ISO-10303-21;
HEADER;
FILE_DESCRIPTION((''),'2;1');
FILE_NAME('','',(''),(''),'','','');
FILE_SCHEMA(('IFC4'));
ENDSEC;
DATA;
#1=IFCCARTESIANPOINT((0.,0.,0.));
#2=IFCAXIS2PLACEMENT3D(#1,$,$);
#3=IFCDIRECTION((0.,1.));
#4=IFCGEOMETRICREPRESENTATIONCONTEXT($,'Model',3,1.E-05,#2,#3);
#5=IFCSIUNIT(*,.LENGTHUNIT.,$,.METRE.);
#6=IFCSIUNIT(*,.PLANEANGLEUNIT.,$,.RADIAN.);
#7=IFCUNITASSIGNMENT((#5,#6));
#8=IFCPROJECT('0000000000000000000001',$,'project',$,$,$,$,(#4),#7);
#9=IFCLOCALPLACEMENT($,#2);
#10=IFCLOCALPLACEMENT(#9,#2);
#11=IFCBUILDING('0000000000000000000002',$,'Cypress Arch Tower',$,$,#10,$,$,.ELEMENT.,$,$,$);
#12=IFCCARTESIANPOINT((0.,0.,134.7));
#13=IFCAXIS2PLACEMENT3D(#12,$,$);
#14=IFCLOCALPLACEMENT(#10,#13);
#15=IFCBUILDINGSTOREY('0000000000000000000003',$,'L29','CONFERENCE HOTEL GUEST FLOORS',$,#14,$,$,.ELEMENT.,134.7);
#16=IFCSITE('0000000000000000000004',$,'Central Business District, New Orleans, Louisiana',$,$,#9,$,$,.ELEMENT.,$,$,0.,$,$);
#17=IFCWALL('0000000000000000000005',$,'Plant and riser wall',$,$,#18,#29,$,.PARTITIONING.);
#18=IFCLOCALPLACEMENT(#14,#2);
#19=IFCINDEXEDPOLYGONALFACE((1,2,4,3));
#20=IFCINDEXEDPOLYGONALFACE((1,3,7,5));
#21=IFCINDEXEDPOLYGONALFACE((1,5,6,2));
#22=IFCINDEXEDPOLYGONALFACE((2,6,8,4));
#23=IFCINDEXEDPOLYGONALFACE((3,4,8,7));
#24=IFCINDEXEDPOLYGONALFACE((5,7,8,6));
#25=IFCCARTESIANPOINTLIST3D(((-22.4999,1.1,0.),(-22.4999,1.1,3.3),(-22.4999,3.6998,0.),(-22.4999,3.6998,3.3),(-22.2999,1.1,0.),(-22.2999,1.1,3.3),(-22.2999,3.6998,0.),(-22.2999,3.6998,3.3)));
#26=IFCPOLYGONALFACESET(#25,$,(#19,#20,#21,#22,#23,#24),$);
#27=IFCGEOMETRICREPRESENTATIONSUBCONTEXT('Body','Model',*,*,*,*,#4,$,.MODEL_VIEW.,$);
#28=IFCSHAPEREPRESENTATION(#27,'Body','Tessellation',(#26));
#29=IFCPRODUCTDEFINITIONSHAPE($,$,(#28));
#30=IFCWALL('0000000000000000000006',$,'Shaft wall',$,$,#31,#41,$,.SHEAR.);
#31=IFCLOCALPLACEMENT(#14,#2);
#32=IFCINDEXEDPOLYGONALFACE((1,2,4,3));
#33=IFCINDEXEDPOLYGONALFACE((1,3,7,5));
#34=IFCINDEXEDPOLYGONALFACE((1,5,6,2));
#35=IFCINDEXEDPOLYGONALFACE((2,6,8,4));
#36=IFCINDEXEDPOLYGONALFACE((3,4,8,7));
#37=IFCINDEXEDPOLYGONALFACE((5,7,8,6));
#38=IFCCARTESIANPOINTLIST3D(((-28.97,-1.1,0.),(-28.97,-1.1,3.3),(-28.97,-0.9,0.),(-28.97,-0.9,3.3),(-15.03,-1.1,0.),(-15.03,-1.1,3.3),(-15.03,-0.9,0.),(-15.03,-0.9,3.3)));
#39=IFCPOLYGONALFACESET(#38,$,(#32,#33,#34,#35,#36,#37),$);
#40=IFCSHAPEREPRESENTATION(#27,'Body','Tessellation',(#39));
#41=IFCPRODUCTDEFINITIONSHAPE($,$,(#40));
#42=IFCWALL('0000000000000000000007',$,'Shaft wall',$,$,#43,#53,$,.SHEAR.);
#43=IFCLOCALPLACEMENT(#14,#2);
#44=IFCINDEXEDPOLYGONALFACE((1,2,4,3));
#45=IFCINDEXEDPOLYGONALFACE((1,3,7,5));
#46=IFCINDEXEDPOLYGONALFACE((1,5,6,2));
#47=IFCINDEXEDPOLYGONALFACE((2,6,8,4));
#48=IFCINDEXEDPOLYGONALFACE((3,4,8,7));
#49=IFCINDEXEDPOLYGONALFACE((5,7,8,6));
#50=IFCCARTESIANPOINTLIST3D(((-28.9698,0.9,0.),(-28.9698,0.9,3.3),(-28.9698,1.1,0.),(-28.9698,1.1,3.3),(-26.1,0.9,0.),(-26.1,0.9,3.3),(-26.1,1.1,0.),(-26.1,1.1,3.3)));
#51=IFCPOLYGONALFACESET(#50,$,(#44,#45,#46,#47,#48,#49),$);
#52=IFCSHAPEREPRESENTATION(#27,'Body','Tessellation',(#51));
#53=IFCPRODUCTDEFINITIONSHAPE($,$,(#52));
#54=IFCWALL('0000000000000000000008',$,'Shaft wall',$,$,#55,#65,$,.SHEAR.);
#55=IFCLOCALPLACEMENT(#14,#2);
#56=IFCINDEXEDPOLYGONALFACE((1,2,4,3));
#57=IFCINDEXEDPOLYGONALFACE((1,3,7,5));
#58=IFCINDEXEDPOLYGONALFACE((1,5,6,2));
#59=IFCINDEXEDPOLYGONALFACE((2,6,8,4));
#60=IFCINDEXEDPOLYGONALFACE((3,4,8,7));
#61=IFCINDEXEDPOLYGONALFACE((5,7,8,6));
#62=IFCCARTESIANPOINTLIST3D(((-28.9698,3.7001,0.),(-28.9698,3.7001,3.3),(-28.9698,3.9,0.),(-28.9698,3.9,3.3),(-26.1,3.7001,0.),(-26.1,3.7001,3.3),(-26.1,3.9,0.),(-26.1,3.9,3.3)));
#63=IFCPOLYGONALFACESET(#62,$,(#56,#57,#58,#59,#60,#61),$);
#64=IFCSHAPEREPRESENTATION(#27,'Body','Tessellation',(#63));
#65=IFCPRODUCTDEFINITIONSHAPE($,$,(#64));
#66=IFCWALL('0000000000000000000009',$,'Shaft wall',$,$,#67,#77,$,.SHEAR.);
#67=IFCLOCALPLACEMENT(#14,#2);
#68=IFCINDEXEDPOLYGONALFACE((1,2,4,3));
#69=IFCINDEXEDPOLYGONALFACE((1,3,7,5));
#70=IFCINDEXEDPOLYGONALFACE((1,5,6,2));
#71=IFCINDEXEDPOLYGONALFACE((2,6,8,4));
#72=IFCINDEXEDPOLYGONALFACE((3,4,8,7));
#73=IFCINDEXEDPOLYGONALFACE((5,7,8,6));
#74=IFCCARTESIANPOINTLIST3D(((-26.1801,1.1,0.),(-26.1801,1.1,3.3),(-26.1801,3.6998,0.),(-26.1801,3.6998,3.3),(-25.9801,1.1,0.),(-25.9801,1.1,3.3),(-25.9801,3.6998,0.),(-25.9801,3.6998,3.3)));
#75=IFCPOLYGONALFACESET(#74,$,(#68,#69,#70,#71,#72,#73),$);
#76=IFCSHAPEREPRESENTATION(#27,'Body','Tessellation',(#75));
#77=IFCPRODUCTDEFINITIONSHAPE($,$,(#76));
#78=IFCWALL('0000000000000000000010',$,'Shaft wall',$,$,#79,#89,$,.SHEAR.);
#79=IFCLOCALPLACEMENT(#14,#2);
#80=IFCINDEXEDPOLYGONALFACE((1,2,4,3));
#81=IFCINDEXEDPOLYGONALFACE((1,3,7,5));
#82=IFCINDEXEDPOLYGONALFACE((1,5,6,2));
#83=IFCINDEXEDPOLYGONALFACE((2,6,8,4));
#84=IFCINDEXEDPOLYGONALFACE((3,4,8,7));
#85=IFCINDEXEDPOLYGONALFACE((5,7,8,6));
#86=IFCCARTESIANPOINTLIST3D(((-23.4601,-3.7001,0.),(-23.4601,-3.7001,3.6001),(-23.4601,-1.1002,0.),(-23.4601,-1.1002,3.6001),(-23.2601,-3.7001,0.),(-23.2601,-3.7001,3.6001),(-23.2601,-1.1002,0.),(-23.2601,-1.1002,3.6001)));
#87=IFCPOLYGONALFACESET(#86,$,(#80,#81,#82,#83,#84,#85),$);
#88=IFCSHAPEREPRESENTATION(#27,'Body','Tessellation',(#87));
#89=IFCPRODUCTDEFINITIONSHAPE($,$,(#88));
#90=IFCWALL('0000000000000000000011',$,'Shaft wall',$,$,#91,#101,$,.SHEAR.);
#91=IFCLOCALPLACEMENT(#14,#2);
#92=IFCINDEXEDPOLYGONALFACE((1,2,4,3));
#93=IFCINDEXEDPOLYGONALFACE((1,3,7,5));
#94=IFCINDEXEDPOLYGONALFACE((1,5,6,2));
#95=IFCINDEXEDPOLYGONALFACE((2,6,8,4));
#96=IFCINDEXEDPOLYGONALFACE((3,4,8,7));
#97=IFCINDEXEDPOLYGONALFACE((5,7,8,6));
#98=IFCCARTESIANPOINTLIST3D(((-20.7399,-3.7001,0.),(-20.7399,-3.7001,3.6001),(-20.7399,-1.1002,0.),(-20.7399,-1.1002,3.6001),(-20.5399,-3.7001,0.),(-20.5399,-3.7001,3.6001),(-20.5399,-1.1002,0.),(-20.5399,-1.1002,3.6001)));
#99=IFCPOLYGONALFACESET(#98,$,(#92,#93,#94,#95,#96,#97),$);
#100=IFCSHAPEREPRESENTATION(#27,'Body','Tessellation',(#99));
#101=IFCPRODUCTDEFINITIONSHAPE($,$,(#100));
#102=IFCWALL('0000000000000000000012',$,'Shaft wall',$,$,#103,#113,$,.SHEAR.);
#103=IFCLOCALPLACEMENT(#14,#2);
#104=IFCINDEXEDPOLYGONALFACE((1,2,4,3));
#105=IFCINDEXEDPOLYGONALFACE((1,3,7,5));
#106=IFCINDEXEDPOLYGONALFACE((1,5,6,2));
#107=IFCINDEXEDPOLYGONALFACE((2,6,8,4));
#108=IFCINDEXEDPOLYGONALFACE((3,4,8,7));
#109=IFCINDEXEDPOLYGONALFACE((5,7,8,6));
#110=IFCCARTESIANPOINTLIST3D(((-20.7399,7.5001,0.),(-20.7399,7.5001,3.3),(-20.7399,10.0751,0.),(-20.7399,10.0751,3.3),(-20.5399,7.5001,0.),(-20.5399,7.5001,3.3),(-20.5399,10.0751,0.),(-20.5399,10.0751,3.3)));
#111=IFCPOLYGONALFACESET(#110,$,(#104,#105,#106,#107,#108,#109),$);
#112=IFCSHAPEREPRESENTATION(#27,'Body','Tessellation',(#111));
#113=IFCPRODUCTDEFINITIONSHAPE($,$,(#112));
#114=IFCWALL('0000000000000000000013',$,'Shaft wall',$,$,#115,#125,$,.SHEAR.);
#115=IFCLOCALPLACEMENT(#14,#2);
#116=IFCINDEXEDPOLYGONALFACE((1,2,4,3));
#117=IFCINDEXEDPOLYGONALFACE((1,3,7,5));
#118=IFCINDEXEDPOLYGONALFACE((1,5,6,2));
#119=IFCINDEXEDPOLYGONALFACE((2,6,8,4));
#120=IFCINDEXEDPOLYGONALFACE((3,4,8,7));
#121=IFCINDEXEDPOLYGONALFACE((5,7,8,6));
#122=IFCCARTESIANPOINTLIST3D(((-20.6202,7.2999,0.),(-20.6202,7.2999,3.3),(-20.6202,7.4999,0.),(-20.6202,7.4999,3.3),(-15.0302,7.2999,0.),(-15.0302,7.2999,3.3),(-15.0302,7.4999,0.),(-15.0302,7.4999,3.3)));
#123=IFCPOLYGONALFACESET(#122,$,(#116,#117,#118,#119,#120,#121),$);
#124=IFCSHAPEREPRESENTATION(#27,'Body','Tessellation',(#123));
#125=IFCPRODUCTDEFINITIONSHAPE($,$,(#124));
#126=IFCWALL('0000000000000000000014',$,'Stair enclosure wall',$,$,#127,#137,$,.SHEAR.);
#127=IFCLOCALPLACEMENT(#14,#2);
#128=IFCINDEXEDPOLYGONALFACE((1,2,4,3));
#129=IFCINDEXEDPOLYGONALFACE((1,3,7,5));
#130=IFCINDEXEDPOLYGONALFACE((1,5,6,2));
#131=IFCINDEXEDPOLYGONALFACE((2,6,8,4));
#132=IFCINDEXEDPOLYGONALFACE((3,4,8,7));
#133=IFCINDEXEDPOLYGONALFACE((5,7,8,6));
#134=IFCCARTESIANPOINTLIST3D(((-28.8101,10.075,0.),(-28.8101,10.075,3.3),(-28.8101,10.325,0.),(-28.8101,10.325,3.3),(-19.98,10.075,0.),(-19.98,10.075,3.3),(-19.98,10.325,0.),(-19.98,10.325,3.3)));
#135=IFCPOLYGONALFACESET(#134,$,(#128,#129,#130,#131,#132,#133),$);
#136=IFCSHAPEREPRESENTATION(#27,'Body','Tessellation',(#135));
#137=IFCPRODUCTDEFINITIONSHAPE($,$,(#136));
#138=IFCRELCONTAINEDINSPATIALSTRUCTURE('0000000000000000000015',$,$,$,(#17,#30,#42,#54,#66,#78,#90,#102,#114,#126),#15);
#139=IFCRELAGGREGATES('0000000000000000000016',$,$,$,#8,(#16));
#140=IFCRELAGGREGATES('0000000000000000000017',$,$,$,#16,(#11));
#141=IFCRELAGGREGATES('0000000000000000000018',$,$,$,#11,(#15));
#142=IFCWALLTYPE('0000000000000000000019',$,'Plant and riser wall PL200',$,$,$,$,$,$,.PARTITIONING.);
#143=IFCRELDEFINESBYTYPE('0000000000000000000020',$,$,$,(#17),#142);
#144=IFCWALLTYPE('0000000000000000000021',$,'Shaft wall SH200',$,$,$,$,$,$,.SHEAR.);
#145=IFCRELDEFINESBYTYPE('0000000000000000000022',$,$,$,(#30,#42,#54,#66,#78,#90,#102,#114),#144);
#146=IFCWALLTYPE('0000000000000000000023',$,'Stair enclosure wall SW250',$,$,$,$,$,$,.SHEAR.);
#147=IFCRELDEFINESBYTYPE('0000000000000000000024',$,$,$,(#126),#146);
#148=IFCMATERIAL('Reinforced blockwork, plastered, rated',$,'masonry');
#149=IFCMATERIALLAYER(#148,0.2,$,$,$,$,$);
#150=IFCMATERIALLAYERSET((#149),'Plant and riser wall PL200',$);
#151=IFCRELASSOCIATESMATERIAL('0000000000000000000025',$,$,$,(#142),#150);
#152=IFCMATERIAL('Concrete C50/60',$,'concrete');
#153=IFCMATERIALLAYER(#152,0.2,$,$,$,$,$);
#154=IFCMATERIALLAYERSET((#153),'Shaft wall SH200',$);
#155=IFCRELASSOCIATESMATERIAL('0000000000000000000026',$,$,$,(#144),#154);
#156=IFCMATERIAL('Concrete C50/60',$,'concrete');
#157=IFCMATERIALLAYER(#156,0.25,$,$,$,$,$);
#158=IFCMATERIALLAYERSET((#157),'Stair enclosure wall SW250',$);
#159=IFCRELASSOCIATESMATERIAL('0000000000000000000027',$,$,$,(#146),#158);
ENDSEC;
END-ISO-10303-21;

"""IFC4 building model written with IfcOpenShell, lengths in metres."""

from ifc_helpers import new_model, si_unit, direction, frame, frame_2d, origin, place, context, subcontext, project, spatial, rectangle, extrude, material, layer, layer_set, type_object, element, save


model = new_model("IFC4")

# Units and contexts
model_context = context("Model", 3, precision=1e-05, world=origin(), true_north=direction((0.0, 1.0)))
body_context = subcontext(model_context, "Body", "Model", "MODEL_VIEW")
ifc_project = project(units=[si_unit("LENGTHUNIT", "METRE"), si_unit("PLANEANGLEUNIT", "RADIAN")], contexts=[model_context])

# Site, building, storey
site_placement = place(None, origin())
site = spatial("IfcSite", under=ifc_project, at=site_placement, Name="Central Business District, New Orleans, Louisiana", CompositionType="ELEMENT", RefElevation=0.0)
building_placement = place(site_placement, origin())
building = spatial("IfcBuilding", under=site, at=building_placement, Name="Cypress Arch Tower", CompositionType="ELEMENT")
storey_placement = place(building_placement, frame((0.0, 0.0, 134.7)))
storey = spatial("IfcBuildingStorey", under=building, at=storey_placement, Name="L29", Description="CONFERENCE HOTEL GUEST FLOORS", CompositionType="ELEMENT", Elevation=134.7)

# Shared definitions
ifc_material_1 = material(Name="Reinforced blockwork, plastered, rated", Category="masonry")
ifc_layer_1 = layer(ifc_material_1, 0.2)
ifc_layer_set_1 = layer_set([ifc_layer_1], Name="Plant and riser wall PL200")
wall_type_1 = type_object("IfcWallType", Name="Plant and riser wall PL200", PredefinedType="PARTITIONING", material=ifc_layer_set_1)

# Walls
wall_1_placement = place(storey_placement, frame((-22.3999, 1.1001, 0.0), z_axis=(0.0, 0.0, 1.0), x_axis=(0.0, 1.0, 0.0)))
element("IfcWall", 1, at=wall_1_placement, inside=storey, type_object=wall_type_1, Name="Plant and riser wall", PredefinedType="PARTITIONING", context=body_context, shape_type="SweptSolid", body=[
    extrude(rectangle(XDim=2.5999, YDim=0.2, at=frame_2d((1.2998, 0.0))), origin(), (0.0, 0.0, 1.0), 3.3),
])
ifc_material_2 = material(Name="Concrete C50/60", Category="concrete")
ifc_layer_2 = layer(ifc_material_2, 0.2)
ifc_layer_set_2 = layer_set([ifc_layer_2], Name="Shaft wall SH200")
wall_type_2 = type_object("IfcWallType", Name="Shaft wall SH200", PredefinedType="SHEAR", material=ifc_layer_set_2)
wall_2_placement = place(storey_placement, frame((-28.97, -1.0, 0.0), z_axis=(0.0, 0.0, 1.0), x_axis=(1.0, 0.0, 0.0)))
element("IfcWall", 2, at=wall_2_placement, inside=storey, type_object=wall_type_2, Name="Shaft wall", PredefinedType="SHEAR", context=body_context, shape_type="SweptSolid", body=[
    extrude(rectangle(XDim=13.9399, YDim=0.2, at=frame_2d((6.97, 0.0))), origin(), (0.0, 0.0, 1.0), 3.3),
])
for number, where, z_axis, x_axis, name in (
    (3, (-28.97, 1.0, 0.0), (0.0, 0.0, 1.0), (1.0, 0.0, 0.0), "Shaft wall"),
    (4, (-28.97, 3.8, 0.0), (0.0, 0.0, 1.0), (1.0, 0.0, 0.0), "Shaft wall"),
):
    element("IfcWall", number, at=place(storey_placement, frame(where, z_axis=z_axis, x_axis=x_axis)), inside=storey, type_object=wall_type_2, Name=name, PredefinedType="SHEAR", context=body_context, shape_type="SweptSolid", body=[
        extrude(rectangle(XDim=2.8699, YDim=0.2, at=frame_2d((1.4351, 0.0))), origin(), (0.0, 0.0, 1.0), 3.3),
    ])
wall_3_placement = place(storey_placement, frame((-26.0801, 1.1001, 0.0), z_axis=(0.0, 0.0, 1.0), x_axis=(0.0, 1.0, 0.0)))
element("IfcWall", 5, at=wall_3_placement, inside=storey, type_object=wall_type_2, Name="Shaft wall", PredefinedType="SHEAR", context=body_context, shape_type="SweptSolid", body=[
    extrude(rectangle(XDim=2.5999, YDim=0.2, at=frame_2d((1.2998, 0.0))), origin(), (0.0, 0.0, 1.0), 3.3),
])
for number, where, z_axis, x_axis, name in (
    (6, (-23.3601, -3.7, 0.0), (0.0, 0.0, 1.0), (0.0, 1.0, 0.0), "Shaft wall"),
    (7, (-20.6399, -3.7, 0.0), (0.0, 0.0, 1.0), (0.0, 1.0, 0.0), "Shaft wall"),
):
    element("IfcWall", number, at=place(storey_placement, frame(where, z_axis=z_axis, x_axis=x_axis)), inside=storey, type_object=wall_type_2, Name=name, PredefinedType="SHEAR", context=body_context, shape_type="SweptSolid", body=[
        extrude(rectangle(XDim=2.5999, YDim=0.2, at=frame_2d((1.2998, 0.0))), origin(), (0.0, 0.0, 1.0), 3.6001),
    ])
wall_4_placement = place(storey_placement, frame((-20.6399, 7.5, 0.0), z_axis=(0.0, 0.0, 1.0), x_axis=(0.0, 1.0, 0.0)))
element("IfcWall", 8, at=wall_4_placement, inside=storey, type_object=wall_type_2, Name="Shaft wall", PredefinedType="SHEAR", context=body_context, shape_type="SweptSolid", body=[
    extrude(rectangle(XDim=2.575, YDim=0.2, at=frame_2d((1.2876, 0.0))), origin(), (0.0, 0.0, 1.0), 3.3),
])
wall_5_placement = place(storey_placement, frame((-20.6201, 7.3999, 0.0), z_axis=(0.0, 0.0, 1.0), x_axis=(1.0, 0.0, 0.0)))
element("IfcWall", 9, at=wall_5_placement, inside=storey, type_object=wall_type_2, Name="Shaft wall", PredefinedType="SHEAR", context=body_context, shape_type="SweptSolid", body=[
    extrude(rectangle(XDim=5.5901, YDim=0.2, at=frame_2d((2.7949, 0.0))), origin(), (0.0, 0.0, 1.0), 3.3),
])
ifc_material_3 = material(Name="Concrete C50/60", Category="concrete")
ifc_layer_3 = layer(ifc_material_3, 0.25)
ifc_layer_set_3 = layer_set([ifc_layer_3], Name="Stair enclosure wall SW250")
wall_type_3 = type_object("IfcWallType", Name="Stair enclosure wall SW250", PredefinedType="SHEAR", material=ifc_layer_set_3)
wall_6_placement = place(storey_placement, frame((-28.8101, 10.2, 0.0), z_axis=(0.0, 0.0, 1.0), x_axis=(1.0, 0.0, 0.0)))
element("IfcWall", 10, at=wall_6_placement, inside=storey, type_object=wall_type_3, Name="Stair enclosure wall", PredefinedType="SHEAR", context=body_context, shape_type="SweptSolid", body=[
    extrude(rectangle(XDim=8.8301, YDim=0.25, at=frame_2d((4.415, 0.0))), origin(), (0.0, 0.0, 1.0), 3.3),
])

save(model, "model.ifc")
